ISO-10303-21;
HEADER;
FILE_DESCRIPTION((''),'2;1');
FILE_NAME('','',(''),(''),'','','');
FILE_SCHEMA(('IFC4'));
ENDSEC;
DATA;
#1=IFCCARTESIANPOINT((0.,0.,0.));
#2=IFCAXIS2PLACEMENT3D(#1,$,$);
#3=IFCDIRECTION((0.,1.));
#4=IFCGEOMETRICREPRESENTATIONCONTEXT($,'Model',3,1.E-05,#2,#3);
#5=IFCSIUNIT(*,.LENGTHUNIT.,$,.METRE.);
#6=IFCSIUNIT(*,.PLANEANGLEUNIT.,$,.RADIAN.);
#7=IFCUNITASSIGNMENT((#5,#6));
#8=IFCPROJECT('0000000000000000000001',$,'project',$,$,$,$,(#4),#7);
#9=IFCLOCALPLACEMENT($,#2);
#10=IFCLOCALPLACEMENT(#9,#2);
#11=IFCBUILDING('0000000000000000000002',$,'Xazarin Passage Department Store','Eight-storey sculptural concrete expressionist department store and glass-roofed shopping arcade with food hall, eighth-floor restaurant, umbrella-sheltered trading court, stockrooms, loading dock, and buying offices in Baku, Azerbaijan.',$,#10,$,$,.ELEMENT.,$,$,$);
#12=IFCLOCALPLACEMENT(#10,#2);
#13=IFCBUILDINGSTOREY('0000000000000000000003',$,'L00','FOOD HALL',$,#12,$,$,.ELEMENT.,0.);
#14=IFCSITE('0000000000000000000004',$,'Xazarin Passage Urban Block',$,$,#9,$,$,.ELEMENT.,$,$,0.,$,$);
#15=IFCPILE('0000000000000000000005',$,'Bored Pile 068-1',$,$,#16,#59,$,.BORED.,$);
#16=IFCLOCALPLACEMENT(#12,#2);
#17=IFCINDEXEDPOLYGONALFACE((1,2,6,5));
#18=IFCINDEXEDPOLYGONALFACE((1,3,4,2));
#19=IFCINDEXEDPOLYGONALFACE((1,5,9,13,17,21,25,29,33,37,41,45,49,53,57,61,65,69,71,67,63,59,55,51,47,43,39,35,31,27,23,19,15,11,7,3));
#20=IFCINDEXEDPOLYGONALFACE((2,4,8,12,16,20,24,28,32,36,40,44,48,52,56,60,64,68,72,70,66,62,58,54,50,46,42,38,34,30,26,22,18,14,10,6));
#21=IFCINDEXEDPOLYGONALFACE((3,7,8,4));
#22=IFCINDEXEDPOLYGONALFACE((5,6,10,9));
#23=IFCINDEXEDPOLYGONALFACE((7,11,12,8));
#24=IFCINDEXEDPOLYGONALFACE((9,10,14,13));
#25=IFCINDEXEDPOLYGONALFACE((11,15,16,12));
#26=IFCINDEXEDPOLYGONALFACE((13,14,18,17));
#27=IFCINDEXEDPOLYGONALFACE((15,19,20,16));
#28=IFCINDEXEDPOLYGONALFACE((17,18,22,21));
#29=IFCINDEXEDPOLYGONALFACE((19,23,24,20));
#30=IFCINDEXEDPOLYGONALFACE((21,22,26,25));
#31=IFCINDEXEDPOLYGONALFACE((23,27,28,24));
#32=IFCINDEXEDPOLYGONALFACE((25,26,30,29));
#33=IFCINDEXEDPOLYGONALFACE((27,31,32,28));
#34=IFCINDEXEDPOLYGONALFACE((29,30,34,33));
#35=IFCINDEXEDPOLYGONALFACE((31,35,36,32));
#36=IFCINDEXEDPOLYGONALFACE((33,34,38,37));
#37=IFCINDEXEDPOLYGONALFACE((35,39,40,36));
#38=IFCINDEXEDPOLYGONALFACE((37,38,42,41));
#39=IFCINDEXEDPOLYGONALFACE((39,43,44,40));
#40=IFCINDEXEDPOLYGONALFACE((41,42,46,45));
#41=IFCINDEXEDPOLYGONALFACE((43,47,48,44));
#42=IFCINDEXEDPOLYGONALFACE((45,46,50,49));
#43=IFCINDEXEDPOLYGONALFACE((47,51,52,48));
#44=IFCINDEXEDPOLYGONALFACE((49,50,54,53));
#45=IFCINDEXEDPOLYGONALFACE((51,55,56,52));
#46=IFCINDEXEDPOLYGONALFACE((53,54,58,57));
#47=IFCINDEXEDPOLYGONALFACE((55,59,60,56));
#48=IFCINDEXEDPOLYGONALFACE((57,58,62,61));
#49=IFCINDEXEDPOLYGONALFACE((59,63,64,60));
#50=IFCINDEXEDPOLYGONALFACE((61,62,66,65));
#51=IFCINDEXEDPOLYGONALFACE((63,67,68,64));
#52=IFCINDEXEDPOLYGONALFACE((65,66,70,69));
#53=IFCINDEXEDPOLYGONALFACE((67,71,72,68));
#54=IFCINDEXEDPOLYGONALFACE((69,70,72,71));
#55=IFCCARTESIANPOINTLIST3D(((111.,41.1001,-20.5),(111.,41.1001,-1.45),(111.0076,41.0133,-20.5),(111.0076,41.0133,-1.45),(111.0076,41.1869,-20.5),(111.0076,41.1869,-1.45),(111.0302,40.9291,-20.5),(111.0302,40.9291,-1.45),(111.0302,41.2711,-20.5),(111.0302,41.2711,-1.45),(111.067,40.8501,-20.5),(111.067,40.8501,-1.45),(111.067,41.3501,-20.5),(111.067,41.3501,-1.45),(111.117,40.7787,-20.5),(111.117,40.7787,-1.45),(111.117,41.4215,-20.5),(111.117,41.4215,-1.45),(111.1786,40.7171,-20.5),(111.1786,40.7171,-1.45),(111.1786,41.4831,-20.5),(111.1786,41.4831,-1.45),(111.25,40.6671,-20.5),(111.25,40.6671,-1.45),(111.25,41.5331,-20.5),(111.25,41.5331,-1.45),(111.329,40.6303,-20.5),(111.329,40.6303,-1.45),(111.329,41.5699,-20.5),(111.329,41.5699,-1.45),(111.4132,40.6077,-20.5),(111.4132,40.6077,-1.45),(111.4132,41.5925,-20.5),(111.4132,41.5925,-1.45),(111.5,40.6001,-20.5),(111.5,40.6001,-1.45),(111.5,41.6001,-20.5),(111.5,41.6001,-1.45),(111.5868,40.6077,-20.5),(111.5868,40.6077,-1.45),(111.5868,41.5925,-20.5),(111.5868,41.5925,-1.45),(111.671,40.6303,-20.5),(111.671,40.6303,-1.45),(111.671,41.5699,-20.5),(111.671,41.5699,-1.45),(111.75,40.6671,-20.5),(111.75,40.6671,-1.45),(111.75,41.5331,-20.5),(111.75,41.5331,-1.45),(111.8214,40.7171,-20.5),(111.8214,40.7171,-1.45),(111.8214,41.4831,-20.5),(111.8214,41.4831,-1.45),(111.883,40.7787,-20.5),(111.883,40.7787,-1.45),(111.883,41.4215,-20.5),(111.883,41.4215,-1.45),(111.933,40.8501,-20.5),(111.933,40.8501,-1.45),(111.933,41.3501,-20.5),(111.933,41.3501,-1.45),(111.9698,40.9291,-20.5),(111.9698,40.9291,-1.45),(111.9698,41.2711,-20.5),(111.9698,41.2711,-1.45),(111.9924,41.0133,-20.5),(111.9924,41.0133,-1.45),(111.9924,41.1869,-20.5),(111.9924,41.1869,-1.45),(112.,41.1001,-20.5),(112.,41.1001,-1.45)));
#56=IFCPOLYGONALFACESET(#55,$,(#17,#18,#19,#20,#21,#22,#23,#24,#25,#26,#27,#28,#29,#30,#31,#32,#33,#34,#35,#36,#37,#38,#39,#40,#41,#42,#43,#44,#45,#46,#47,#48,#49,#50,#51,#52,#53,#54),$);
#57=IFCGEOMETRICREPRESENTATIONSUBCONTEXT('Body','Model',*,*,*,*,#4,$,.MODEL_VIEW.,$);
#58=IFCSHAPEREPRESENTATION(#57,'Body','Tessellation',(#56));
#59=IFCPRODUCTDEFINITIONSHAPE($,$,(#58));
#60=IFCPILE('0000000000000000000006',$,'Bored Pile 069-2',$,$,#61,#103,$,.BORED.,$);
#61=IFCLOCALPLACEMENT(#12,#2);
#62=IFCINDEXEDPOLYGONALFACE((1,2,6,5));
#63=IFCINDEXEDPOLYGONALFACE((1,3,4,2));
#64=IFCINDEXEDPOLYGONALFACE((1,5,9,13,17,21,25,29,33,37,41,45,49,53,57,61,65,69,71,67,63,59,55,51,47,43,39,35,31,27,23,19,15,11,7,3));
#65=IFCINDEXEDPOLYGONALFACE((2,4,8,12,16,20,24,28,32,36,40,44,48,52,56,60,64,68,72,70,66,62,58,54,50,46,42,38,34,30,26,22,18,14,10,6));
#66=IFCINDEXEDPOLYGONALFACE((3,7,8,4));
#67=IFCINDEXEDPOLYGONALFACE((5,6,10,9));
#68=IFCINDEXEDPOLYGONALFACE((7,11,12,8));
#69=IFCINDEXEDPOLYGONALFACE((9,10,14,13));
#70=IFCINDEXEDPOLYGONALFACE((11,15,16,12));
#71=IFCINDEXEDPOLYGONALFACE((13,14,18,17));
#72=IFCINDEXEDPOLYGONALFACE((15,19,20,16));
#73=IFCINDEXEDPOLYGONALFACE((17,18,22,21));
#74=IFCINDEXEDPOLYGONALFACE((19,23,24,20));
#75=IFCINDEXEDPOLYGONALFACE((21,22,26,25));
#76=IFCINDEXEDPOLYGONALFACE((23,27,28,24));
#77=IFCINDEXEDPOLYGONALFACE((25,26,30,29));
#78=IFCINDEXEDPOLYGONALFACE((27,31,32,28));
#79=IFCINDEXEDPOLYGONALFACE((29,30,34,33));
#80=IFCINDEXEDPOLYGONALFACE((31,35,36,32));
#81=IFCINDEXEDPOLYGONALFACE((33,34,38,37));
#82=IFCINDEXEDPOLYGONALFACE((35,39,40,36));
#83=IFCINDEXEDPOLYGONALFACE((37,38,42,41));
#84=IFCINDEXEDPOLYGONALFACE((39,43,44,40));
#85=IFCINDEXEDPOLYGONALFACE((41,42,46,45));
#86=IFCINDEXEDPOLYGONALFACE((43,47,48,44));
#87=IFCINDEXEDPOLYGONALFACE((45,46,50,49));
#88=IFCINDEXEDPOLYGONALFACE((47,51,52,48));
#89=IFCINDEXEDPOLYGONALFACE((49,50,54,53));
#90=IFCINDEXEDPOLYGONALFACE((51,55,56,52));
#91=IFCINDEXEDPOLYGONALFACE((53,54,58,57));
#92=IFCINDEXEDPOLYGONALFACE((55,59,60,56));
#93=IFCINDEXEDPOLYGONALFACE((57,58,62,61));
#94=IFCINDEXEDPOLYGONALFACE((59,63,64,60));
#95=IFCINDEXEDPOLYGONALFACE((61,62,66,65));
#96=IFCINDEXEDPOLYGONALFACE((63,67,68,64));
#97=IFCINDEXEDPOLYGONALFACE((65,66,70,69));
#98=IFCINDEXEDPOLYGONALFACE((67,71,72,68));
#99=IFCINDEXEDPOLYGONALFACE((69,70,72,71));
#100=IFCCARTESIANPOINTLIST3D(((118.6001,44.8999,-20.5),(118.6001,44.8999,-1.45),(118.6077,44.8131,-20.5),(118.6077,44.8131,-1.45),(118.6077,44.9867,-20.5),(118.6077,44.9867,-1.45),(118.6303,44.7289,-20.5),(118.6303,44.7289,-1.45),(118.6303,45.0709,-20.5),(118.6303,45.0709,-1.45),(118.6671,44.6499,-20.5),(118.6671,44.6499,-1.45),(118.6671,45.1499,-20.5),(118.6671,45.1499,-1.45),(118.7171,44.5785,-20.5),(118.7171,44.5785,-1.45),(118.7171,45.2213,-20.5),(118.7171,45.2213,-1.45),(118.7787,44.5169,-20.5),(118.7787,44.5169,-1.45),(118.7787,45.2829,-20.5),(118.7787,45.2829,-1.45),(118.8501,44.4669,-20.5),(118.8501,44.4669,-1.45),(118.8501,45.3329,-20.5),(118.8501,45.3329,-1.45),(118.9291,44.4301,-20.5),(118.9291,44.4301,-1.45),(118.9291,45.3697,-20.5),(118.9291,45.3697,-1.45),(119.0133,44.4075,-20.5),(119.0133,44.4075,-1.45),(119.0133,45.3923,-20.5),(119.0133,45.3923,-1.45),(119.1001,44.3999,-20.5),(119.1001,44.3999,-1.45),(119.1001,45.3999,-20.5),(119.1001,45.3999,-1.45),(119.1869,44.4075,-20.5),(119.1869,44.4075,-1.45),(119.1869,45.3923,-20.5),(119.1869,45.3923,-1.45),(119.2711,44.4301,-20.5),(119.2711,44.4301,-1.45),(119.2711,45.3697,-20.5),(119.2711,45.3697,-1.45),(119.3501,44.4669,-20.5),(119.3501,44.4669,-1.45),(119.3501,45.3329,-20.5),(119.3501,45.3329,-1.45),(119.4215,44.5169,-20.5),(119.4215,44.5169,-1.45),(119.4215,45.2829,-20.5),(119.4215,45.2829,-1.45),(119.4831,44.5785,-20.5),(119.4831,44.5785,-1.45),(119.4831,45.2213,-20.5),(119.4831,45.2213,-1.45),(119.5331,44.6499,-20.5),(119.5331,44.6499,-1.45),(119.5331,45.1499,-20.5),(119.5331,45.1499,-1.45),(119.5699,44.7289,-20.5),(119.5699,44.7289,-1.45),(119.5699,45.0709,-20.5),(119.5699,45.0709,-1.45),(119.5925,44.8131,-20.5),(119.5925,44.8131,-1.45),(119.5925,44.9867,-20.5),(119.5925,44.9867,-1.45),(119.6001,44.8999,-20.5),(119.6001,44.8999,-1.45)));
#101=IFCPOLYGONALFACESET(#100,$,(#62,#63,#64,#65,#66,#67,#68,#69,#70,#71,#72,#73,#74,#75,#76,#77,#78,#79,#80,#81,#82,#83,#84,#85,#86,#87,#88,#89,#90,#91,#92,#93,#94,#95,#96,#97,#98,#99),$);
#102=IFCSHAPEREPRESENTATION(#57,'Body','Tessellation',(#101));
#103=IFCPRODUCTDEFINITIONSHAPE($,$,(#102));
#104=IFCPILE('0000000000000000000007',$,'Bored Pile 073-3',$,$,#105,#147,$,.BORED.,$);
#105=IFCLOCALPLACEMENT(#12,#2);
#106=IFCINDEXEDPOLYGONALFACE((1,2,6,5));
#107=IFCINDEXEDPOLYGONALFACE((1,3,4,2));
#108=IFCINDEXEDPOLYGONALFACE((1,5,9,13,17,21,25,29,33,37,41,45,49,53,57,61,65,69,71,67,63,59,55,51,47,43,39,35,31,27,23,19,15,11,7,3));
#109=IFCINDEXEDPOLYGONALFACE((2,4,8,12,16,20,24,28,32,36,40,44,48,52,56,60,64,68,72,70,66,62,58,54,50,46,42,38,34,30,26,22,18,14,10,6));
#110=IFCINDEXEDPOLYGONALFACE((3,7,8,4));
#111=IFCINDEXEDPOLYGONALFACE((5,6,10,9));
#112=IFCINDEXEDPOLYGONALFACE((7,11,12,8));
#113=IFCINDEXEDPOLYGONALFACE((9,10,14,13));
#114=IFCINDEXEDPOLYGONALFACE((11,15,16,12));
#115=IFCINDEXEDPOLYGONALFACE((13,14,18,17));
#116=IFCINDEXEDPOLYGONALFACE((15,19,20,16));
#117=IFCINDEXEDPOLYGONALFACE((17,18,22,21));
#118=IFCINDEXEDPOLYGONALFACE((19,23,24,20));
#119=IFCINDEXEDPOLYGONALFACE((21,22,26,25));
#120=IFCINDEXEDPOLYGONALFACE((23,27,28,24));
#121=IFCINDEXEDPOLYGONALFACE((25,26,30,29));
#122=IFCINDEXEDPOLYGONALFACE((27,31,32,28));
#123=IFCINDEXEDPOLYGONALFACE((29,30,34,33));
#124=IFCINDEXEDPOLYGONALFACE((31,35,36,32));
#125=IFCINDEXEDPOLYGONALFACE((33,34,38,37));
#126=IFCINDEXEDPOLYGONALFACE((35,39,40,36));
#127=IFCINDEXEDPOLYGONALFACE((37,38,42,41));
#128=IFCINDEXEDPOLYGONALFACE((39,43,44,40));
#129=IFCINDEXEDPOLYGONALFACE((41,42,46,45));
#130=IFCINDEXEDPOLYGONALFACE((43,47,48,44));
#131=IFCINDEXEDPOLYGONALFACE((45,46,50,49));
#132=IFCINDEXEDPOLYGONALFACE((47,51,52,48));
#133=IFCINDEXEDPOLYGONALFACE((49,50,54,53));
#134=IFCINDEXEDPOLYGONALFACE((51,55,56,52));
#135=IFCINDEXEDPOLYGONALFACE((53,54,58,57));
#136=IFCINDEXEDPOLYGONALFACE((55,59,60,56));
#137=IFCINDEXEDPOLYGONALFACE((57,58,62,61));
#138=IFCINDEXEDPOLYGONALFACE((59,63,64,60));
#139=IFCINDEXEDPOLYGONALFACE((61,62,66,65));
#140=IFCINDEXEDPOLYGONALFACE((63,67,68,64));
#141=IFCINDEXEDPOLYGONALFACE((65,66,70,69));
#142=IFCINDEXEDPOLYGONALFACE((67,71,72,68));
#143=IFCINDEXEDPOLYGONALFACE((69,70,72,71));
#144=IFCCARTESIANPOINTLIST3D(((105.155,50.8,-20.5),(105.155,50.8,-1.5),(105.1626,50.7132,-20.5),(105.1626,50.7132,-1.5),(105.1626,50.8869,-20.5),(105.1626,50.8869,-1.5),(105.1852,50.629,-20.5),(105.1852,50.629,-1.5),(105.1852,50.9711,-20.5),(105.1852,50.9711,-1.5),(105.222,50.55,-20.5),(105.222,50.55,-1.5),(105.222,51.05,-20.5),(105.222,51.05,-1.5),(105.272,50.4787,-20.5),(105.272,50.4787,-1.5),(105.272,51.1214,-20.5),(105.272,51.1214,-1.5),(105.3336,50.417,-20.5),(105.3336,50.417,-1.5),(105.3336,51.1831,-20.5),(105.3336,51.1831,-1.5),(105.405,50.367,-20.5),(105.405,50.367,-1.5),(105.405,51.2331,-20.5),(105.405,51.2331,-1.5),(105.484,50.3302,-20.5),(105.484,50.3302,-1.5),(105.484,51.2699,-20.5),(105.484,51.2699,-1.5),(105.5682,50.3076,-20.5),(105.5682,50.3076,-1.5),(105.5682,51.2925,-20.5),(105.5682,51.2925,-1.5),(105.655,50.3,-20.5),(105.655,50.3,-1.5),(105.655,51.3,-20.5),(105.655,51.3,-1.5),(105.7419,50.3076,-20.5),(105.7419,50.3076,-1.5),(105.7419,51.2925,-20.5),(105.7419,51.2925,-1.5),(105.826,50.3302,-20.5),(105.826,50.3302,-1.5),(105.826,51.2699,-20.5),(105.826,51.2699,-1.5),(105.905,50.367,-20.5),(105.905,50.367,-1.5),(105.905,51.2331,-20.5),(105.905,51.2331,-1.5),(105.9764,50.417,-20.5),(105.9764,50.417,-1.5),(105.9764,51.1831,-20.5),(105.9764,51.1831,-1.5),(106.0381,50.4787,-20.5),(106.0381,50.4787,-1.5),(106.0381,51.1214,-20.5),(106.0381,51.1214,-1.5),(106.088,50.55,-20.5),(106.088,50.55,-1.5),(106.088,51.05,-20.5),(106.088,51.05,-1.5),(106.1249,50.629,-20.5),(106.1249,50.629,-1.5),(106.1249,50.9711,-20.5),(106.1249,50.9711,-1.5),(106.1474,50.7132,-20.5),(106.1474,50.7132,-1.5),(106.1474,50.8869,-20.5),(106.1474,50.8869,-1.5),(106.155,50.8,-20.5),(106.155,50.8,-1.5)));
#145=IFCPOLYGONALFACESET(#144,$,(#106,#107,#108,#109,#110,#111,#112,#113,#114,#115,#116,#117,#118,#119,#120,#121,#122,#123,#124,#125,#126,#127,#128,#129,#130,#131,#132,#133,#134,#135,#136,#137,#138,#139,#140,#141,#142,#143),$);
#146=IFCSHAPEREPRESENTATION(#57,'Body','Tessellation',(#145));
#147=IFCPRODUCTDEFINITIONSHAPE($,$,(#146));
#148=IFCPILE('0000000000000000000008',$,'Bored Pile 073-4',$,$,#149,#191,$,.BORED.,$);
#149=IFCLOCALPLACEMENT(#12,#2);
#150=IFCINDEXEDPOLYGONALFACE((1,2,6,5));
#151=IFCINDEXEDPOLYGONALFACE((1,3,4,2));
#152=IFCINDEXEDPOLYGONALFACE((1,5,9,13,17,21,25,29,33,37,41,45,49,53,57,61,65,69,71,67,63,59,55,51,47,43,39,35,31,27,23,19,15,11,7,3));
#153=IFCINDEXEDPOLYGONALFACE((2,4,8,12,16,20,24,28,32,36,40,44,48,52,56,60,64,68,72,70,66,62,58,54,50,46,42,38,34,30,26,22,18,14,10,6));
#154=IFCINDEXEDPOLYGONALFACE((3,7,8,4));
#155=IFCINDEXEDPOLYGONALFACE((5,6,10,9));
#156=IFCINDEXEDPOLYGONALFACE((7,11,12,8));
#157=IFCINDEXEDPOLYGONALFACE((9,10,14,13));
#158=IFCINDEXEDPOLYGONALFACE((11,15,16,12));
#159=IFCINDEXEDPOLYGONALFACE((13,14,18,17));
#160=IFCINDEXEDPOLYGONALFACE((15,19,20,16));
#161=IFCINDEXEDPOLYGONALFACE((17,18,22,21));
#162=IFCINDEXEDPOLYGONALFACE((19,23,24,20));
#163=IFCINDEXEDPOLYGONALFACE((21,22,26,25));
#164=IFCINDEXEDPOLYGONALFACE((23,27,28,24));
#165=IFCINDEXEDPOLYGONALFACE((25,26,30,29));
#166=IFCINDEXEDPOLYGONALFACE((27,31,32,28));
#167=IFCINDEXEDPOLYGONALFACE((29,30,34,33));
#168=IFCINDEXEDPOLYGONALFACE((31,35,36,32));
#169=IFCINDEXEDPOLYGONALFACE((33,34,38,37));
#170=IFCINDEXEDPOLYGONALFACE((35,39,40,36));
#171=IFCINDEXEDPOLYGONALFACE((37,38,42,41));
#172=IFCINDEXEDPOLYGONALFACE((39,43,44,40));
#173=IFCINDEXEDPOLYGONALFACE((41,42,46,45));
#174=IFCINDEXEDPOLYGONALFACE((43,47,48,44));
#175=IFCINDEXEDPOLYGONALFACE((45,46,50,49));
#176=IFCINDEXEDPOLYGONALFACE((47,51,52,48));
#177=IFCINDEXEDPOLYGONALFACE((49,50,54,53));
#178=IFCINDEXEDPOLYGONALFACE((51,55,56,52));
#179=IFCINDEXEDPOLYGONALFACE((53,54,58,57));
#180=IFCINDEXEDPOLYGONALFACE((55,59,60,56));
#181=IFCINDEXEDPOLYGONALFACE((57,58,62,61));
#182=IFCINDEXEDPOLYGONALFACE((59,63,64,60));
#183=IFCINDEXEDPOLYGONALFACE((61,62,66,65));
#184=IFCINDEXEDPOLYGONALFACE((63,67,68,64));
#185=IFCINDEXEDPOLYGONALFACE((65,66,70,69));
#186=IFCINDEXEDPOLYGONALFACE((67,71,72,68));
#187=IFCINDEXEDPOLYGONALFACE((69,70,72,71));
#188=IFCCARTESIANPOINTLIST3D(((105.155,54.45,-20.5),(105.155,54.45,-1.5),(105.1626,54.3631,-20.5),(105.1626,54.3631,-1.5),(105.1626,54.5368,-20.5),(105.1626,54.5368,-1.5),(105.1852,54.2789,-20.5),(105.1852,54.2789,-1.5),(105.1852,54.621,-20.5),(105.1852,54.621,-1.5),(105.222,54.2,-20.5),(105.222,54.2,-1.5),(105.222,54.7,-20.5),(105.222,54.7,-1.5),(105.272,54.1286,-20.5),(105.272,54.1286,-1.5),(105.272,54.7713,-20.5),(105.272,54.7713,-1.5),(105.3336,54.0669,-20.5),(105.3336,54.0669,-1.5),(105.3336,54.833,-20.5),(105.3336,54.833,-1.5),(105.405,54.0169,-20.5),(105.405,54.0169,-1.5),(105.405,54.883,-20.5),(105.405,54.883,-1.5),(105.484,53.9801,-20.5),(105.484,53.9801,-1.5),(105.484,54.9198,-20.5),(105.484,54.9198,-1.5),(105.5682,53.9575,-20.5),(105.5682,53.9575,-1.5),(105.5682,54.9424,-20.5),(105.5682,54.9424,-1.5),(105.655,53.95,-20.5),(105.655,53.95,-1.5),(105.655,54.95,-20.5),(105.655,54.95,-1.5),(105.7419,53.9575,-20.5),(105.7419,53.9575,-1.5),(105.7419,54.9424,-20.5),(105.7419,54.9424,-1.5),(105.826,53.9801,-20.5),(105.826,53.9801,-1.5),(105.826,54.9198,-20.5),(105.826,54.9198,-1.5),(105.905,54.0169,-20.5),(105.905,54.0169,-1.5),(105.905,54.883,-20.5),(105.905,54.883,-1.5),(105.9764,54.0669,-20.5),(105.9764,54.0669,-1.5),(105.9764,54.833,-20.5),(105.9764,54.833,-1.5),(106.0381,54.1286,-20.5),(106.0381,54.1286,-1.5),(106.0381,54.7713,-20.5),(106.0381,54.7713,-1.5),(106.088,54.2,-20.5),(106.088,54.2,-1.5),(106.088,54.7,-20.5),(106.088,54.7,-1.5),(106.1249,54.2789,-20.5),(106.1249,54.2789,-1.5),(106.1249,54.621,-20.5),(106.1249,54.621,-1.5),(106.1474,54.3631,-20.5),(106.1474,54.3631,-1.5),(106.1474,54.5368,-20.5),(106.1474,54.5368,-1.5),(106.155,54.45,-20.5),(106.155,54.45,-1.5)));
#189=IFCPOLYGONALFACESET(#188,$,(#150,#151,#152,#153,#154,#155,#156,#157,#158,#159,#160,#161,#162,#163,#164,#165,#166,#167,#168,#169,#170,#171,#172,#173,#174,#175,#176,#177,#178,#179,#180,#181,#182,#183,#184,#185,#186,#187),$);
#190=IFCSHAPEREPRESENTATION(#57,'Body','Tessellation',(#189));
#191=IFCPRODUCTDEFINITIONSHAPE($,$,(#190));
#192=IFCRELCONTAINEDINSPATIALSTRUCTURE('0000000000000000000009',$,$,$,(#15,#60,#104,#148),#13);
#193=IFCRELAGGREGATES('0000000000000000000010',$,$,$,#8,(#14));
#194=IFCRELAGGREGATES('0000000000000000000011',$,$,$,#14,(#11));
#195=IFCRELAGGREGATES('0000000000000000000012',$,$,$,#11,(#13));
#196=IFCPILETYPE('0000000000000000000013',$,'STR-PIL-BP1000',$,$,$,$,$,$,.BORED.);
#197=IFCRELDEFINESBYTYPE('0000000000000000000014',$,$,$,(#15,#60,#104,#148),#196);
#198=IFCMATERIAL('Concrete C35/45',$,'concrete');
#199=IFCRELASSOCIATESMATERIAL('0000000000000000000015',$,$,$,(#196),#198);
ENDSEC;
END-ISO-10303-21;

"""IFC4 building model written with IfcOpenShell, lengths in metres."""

from ifc_helpers import new_model, si_unit, direction, frame, origin, origin_2d, place, context, subcontext, project, spatial, circle, extrude, material, material_profile, profile_set, type_object, element, save


model = new_model("IFC4")

# Units and contexts
model_context = context("Model", 3, precision=1e-05, world=origin(), true_north=direction((0.0, 1.0)))
body_context = subcontext(model_context, "Body", "Model", "MODEL_VIEW")
ifc_project = project(units=[si_unit("LENGTHUNIT", "METRE"), si_unit("PLANEANGLEUNIT", "RADIAN")], contexts=[model_context])

# Site, building, storey
site_placement = place(None, origin())
site = spatial("IfcSite", under=ifc_project, at=site_placement, Name="Xazarin Passage Urban Block", CompositionType="ELEMENT", RefElevation=0.0)
building_placement = place(site_placement, origin())
building = spatial("IfcBuilding", under=site, at=building_placement, Name="Xazarin Passage Department Store", Description="Eight-storey sculptural concrete expressionist department store and glass-roofed shopping arcade with food hall, eighth-floor restaurant, umbrella-sheltered trading court, stockrooms, loading dock, and buying offices in Baku, Azerbaijan.", CompositionType="ELEMENT")
storey_placement = place(building_placement, origin())
storey = spatial("IfcBuildingStorey", under=building, at=storey_placement, Name="L00", Description="FOOD HALL", CompositionType="ELEMENT", Elevation=0.0)

# Shared definitions
ifc_material_1 = material(Name="Concrete C35/45", Category="concrete")

# Piles
ifc_material_profile_1 = material_profile(ifc_material_1, circle(Radius=0.5, at=origin_2d()), Name="BP 1000")
ifc_profile_set_1 = profile_set([ifc_material_profile_1], Name="Concrete C35/45")
pile_type_1 = type_object("IfcPileType", Name="STR-PIL-BP1000", PredefinedType="BORED", material=ifc_profile_set_1)
for number, where, z_axis, x_axis, name in (
    (1, (111.5, 41.1001, -1.45), (0.0, 0.0, -1.0), (1.0, 0.0, 0.0), "Bored Pile 068-1"),
    (2, (119.1001, 44.8999, -1.45), (0.0, 0.0, -1.0), (1.0, 0.0, 0.0), "Bored Pile 069-2"),
):
    element("IfcPile", number, at=place(storey_placement, frame(where, z_axis=z_axis, x_axis=x_axis)), inside=storey, type_object=pile_type_1, Name=name, PredefinedType="BORED", context=body_context, shape_type="SweptSolid", body=[
        extrude(circle(Radius=0.5, at=origin_2d()), origin(), (0.0, 0.0, 1.0), 19.05),
    ])
for number, where, z_axis, x_axis, name in (
    (3, (105.655, 50.8, -1.5), (0.0, 0.0, -1.0), (1.0, 0.0, 0.0), "Bored Pile 073-3"),
    (4, (105.655, 54.45, -1.5), (0.0, 0.0, -1.0), (1.0, 0.0, 0.0), "Bored Pile 073-4"),
):
    element("IfcPile", number, at=place(storey_placement, frame(where, z_axis=z_axis, x_axis=x_axis)), inside=storey, type_object=pile_type_1, Name=name, PredefinedType="BORED", context=body_context, shape_type="SweptSolid", body=[
        extrude(circle(Radius=0.5, at=origin_2d()), origin(), (0.0, 0.0, 1.0), 19.0),
    ])

save(model, "model.ifc")
